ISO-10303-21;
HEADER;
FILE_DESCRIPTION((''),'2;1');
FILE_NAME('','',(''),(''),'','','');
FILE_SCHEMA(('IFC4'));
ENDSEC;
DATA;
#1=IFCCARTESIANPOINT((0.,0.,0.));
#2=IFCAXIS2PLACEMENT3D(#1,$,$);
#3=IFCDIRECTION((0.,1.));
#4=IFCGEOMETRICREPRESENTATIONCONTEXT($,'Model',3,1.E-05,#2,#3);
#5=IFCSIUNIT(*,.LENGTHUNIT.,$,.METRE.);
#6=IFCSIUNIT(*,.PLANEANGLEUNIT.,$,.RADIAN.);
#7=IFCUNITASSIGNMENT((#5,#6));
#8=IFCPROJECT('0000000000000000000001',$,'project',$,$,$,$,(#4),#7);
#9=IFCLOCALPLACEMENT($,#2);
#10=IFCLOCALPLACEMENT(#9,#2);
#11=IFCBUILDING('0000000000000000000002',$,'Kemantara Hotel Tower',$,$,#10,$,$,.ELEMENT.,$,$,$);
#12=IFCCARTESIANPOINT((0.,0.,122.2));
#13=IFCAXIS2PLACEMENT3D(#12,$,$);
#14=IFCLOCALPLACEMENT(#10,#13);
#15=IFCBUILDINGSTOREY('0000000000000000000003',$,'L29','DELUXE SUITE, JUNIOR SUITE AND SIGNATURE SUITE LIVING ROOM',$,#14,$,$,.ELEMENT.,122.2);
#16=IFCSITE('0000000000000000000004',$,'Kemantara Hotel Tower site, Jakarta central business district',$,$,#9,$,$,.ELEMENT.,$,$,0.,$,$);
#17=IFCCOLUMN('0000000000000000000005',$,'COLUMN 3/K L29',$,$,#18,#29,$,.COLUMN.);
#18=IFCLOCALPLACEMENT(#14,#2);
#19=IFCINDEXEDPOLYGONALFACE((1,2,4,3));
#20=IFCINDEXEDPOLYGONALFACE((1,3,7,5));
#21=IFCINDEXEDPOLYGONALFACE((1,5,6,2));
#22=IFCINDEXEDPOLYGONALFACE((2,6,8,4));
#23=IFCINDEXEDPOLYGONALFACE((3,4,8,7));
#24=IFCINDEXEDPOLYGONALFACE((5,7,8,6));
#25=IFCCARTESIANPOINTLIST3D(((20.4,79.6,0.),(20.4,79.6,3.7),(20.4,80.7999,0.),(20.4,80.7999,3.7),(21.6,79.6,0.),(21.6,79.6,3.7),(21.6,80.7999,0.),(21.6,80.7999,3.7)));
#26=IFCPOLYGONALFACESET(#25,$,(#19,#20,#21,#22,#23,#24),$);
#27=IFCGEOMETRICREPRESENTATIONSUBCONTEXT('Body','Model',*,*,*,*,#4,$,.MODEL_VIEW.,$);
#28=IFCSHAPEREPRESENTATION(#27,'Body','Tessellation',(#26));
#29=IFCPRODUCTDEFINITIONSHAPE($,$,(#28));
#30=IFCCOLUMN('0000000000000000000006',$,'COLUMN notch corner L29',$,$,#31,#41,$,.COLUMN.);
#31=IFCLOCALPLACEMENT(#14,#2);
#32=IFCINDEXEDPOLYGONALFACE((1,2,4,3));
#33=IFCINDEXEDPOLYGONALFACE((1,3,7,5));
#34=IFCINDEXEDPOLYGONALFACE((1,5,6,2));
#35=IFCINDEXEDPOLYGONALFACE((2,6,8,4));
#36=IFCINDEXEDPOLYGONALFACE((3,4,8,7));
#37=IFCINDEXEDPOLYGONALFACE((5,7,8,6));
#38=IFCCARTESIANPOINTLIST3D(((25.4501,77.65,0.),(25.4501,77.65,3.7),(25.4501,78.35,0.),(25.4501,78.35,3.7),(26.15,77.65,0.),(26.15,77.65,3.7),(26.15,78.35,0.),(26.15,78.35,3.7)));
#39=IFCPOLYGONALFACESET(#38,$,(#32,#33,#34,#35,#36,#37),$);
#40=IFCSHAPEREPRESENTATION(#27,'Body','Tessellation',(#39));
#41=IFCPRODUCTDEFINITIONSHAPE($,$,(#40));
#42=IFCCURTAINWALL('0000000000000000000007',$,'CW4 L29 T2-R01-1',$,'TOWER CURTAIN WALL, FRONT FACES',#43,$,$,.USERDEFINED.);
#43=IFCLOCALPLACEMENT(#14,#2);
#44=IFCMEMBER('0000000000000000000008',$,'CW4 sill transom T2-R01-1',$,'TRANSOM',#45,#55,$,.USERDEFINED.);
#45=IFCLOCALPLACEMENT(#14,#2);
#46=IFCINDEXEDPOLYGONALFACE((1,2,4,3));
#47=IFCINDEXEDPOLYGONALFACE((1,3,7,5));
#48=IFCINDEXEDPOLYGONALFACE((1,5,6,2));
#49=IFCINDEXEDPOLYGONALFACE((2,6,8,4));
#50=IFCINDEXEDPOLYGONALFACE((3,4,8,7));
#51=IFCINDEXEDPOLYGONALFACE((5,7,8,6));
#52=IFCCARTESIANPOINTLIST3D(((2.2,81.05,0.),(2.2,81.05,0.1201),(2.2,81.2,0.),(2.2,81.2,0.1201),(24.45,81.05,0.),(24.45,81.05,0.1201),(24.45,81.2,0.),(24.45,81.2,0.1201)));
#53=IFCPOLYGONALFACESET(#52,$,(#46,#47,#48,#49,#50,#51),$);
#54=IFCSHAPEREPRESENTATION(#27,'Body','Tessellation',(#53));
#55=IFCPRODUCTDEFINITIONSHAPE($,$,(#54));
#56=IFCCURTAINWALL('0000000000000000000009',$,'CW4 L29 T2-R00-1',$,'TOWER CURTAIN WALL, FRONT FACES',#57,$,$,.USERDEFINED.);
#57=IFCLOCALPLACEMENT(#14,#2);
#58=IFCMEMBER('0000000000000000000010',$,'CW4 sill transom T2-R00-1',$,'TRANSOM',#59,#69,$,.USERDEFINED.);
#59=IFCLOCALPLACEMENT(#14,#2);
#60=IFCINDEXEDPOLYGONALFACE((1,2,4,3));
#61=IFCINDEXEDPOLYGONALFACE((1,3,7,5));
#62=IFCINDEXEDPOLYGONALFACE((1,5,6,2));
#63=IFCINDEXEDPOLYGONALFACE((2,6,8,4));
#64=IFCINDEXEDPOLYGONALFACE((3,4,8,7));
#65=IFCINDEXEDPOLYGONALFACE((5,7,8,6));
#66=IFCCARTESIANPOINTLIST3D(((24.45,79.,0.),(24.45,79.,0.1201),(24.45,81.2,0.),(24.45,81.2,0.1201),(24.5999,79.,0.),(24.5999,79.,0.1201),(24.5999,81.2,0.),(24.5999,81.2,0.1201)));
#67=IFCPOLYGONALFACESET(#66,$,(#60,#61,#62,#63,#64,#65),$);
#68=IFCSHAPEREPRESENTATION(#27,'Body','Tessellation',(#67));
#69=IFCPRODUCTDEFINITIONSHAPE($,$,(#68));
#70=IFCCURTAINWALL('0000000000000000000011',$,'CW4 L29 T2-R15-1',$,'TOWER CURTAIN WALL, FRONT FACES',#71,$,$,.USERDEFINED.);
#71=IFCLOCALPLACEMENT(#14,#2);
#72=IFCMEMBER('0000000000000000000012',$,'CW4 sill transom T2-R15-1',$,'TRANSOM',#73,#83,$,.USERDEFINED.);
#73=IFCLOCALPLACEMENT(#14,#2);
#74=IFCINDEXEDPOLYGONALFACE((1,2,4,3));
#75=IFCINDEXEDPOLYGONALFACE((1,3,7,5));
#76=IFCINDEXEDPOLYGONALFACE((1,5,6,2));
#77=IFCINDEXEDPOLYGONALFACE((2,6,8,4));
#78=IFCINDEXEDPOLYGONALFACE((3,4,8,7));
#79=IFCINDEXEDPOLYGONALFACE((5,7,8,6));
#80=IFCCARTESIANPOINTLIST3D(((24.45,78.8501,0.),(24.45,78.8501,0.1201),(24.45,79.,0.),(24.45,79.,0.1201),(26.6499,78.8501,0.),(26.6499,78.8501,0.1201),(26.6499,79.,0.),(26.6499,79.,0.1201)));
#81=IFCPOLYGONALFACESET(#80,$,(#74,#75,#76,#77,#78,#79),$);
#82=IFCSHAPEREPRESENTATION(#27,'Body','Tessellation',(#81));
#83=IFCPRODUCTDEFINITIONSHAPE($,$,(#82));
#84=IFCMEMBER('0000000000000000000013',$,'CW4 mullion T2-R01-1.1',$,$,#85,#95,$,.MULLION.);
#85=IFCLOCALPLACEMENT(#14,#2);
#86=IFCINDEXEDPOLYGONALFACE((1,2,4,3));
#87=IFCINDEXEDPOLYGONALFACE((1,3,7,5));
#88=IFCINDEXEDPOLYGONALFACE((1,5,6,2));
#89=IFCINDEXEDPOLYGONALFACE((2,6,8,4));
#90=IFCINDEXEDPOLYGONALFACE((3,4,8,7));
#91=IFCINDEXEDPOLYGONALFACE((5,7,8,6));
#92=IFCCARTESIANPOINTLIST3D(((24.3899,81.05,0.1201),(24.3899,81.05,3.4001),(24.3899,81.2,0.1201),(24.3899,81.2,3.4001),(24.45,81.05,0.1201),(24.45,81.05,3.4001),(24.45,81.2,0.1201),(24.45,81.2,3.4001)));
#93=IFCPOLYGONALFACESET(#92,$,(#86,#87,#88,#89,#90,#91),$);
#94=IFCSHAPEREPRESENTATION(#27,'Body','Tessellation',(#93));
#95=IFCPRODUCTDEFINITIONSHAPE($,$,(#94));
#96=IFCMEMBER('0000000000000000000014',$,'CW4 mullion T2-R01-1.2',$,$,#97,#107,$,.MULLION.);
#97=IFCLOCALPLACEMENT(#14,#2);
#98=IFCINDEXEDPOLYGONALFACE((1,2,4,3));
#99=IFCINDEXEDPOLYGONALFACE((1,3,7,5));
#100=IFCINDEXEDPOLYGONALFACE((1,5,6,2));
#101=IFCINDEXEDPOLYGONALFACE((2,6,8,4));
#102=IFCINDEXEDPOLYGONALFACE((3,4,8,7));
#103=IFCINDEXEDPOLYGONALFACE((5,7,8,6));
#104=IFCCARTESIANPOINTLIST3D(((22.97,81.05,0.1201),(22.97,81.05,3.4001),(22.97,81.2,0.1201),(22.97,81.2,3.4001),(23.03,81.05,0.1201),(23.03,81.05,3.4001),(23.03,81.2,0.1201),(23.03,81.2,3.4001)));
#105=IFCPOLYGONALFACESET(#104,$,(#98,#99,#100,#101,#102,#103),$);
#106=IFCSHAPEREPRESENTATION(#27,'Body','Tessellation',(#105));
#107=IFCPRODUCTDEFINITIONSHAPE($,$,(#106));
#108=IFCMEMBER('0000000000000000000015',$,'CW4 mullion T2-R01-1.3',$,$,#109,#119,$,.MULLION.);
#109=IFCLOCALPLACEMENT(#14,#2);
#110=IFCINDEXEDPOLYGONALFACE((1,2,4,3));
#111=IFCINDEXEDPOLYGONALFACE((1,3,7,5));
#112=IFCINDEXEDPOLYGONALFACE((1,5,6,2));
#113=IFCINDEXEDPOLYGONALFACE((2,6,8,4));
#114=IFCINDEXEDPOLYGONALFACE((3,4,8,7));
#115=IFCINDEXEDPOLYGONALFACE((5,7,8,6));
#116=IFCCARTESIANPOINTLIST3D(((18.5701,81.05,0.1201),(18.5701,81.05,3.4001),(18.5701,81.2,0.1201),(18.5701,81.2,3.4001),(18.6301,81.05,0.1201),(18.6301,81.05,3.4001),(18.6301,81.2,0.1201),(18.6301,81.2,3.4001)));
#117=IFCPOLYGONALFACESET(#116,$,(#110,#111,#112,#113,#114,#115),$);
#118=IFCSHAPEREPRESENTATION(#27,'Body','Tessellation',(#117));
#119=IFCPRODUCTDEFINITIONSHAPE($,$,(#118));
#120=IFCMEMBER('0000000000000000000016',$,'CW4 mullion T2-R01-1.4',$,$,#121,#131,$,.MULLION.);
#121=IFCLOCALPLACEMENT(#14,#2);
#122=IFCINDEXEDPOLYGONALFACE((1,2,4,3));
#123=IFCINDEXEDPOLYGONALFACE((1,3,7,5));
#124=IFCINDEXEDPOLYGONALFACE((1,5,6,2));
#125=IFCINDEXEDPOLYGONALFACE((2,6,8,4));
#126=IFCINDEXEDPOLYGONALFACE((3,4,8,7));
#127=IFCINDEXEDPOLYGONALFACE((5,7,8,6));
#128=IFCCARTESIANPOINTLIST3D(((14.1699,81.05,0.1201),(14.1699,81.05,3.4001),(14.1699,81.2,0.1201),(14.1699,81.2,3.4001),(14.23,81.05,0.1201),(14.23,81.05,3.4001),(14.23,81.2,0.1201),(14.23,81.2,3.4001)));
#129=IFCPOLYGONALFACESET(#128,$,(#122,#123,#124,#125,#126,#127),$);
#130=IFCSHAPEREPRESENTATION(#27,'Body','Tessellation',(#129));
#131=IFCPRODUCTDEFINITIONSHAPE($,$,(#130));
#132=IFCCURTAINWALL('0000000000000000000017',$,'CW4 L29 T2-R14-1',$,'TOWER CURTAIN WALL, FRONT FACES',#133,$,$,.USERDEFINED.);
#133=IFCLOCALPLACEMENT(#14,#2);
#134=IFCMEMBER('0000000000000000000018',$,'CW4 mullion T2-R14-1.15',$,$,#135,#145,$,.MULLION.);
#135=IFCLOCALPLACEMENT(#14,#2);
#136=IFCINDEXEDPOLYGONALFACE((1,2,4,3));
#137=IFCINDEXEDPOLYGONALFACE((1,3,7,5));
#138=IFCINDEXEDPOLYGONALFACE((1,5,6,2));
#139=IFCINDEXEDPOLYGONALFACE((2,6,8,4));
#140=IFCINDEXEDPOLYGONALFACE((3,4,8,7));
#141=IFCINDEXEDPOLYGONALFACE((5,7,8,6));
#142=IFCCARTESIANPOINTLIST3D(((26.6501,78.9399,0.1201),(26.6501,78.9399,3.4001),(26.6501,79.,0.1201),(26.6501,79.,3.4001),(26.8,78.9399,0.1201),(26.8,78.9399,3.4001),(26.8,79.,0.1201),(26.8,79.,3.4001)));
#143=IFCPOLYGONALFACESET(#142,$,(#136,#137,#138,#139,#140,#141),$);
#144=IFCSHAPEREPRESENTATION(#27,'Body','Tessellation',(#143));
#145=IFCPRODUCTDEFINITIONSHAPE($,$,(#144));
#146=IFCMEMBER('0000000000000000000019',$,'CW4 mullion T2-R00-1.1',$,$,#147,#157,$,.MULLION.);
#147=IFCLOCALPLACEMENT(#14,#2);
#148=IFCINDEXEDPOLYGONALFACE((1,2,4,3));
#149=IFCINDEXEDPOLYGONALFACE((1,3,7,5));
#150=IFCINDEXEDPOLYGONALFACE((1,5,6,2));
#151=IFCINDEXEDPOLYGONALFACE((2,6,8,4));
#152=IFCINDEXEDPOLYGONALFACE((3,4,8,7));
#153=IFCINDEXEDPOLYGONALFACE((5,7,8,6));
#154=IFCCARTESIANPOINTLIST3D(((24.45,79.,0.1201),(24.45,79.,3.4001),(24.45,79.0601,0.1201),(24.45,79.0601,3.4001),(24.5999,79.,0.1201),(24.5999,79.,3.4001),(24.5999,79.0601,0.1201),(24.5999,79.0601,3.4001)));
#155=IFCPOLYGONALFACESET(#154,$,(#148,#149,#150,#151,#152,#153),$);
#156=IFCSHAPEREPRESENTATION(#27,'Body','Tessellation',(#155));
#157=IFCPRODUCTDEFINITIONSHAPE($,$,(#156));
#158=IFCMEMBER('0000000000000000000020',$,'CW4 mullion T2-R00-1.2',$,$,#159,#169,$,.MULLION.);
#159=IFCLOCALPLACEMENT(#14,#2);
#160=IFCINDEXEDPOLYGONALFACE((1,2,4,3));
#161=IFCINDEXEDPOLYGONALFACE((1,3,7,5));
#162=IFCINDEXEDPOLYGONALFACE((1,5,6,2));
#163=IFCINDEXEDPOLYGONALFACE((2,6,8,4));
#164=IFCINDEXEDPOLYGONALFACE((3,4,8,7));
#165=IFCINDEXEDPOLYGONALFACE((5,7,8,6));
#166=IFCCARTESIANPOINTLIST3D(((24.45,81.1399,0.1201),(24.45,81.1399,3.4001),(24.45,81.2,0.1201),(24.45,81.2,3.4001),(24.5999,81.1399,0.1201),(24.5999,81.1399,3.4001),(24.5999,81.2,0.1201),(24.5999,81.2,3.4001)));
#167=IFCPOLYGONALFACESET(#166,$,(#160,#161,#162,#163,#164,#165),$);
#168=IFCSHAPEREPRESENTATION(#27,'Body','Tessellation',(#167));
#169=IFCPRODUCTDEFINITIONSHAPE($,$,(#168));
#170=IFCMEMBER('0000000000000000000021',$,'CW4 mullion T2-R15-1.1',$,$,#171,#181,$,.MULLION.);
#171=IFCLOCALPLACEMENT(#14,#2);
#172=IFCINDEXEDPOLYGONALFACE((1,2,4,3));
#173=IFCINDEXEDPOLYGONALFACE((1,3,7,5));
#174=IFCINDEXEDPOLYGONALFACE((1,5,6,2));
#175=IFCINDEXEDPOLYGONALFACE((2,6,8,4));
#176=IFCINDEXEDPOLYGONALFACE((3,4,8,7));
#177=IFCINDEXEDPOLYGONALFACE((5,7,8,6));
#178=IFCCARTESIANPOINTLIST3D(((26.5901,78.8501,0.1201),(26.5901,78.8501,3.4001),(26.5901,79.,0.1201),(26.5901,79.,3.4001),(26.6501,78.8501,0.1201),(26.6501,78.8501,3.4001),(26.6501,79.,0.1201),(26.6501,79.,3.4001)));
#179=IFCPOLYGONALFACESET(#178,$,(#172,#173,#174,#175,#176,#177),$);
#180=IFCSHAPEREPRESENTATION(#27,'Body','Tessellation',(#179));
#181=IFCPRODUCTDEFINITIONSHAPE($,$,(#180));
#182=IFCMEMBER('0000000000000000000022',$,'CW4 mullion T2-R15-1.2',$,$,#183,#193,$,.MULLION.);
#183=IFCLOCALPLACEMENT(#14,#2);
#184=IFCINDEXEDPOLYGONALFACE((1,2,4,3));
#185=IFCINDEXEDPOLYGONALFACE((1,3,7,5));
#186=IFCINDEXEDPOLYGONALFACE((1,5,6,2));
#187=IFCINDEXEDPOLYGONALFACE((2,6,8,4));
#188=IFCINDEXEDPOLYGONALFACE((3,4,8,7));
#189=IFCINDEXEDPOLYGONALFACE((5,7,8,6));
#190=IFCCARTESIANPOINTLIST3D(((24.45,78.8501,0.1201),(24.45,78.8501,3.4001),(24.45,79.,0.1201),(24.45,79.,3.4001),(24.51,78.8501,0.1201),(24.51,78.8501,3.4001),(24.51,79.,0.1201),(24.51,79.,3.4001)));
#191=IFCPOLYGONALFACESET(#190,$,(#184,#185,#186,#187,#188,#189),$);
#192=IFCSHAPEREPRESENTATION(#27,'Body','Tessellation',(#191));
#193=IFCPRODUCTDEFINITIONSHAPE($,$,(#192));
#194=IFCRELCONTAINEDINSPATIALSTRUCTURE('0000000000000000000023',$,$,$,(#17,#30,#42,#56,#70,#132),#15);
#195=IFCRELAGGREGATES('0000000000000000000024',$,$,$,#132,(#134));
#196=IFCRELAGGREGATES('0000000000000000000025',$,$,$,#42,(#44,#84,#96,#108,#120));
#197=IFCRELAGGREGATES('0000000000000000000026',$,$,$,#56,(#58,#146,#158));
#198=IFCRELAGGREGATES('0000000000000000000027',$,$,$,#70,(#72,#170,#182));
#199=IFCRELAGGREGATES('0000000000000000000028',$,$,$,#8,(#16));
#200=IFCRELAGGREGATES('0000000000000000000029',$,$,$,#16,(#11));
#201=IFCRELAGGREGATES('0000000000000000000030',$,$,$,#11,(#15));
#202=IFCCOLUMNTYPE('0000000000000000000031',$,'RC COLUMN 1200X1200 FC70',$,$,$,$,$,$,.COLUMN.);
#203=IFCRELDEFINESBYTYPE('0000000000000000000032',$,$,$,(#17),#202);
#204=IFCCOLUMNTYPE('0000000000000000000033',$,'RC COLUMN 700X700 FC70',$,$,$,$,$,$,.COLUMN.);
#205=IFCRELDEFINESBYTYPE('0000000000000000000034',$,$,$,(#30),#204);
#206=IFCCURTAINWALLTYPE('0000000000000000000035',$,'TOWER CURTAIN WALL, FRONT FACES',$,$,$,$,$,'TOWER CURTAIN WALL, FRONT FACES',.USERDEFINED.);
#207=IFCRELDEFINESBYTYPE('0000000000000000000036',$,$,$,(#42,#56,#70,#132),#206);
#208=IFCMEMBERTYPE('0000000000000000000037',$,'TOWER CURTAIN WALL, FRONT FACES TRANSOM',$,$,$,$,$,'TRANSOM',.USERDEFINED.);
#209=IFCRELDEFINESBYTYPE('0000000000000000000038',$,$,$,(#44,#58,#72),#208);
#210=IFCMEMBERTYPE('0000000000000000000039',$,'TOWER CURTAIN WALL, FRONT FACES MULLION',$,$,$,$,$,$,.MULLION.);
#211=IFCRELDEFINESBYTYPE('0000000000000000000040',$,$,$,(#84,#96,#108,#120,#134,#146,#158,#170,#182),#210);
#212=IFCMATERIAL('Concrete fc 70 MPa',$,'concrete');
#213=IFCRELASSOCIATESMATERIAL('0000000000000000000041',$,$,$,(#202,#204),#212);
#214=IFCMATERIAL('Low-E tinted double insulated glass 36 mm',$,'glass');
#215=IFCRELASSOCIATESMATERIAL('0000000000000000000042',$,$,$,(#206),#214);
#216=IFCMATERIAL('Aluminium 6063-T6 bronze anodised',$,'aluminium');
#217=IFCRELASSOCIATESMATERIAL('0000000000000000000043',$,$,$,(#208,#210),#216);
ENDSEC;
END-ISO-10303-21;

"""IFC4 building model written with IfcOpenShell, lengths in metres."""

from ifc_helpers import new_model, si_unit, direction, frame, origin, origin_2d, place, context, subcontext, project, spatial, rectangle, extrude, source, transform, mapped, material, material_profile, profile_set, type_object, element, aggregate, save


model = new_model("IFC4")

# Units and contexts
model_context = context("Model", 3, precision=1e-05, world=origin(), true_north=direction((0.0, 1.0)))
body_context = subcontext(model_context, "Body", "Model", "MODEL_VIEW")
ifc_project = project(units=[si_unit("LENGTHUNIT", "METRE"), si_unit("PLANEANGLEUNIT", "RADIAN")], contexts=[model_context])

# Site, building, storey
site_placement = place(None, origin())
site = spatial("IfcSite", under=ifc_project, at=site_placement, Name="Kemantara Hotel Tower site, Jakarta central business district", CompositionType="ELEMENT", RefElevation=0.0)
building_placement = place(site_placement, origin())
building = spatial("IfcBuilding", under=site, at=building_placement, Name="Kemantara Hotel Tower", CompositionType="ELEMENT")
storey_placement = place(building_placement, frame((0.0, 0.0, 122.2)))
storey = spatial("IfcBuildingStorey", under=building, at=storey_placement, Name="L29", Description="DELUXE SUITE, JUNIOR SUITE AND SIGNATURE SUITE LIVING ROOM", CompositionType="ELEMENT", Elevation=122.2)

# Columns
ifc_material_1 = material(Name="Concrete fc 70 MPa", Category="concrete")
ifc_material_profile_1 = material_profile(ifc_material_1, rectangle(XDim=1.2, YDim=1.2, at=origin_2d()), Name="RC 1200X1200")
ifc_profile_set_1 = profile_set([ifc_material_profile_1], Name="Concrete fc 70 MPa")
column_type_1 = type_object("IfcColumnType", Name="RC COLUMN 1200X1200 FC70", PredefinedType="COLUMN", material=ifc_profile_set_1)
column_1_placement = place(storey_placement, frame((21.0, 80.2, 0.0), z_axis=(0.0, 0.0, 1.0), x_axis=(1.0, 0.0, 0.0)))
element("IfcColumn", 1, at=column_1_placement, inside=storey, type_object=column_type_1, Name="COLUMN 3/K L29", PredefinedType="COLUMN", context=body_context, shape_type="SweptSolid", body=[
    extrude(rectangle(XDim=1.2, YDim=1.2, at=origin_2d()), origin(), (0.0, 0.0, 1.0), 3.7),
])
ifc_material_profile_2 = material_profile(ifc_material_1, rectangle(XDim=0.7, YDim=0.7, at=origin_2d()), Name="RC 700X700")
ifc_profile_set_2 = profile_set([ifc_material_profile_2], Name="Concrete fc 70 MPa")
column_type_2 = type_object("IfcColumnType", Name="RC COLUMN 700X700 FC70", PredefinedType="COLUMN", material=ifc_profile_set_2)
column_2_placement = place(storey_placement, frame((25.8, 78.0, 0.0), z_axis=(0.0, 0.0, 1.0), x_axis=(1.0, 0.0, 0.0)))
element("IfcColumn", 2, at=column_2_placement, inside=storey, type_object=column_type_2, Name="COLUMN notch corner L29", PredefinedType="COLUMN", context=body_context, shape_type="SweptSolid", body=[
    extrude(rectangle(XDim=0.7, YDim=0.7, at=origin_2d()), origin(), (0.0, 0.0, 1.0), 3.7),
])

# Curtain walls, members
ifc_material_2 = material(Name="Low-E tinted double insulated glass 36 mm", Category="glass")
curtain_wall_type = type_object("IfcCurtainWallType", Name="TOWER CURTAIN WALL, FRONT FACES", ElementType="TOWER CURTAIN WALL, FRONT FACES", PredefinedType="USERDEFINED", material=ifc_material_2)
curtain_wall_1_placement = place(storey_placement, origin())
curtain_wall_1 = element("IfcCurtainWall", 3, at=curtain_wall_1_placement, inside=storey, type_object=curtain_wall_type, Name="CW4 L29 T2-R01-1", ObjectType="TOWER CURTAIN WALL, FRONT FACES", PredefinedType="USERDEFINED")
ifc_material_3 = material(Name="Aluminium 6063-T6 bronze anodised", Category="aluminium")
ifc_material_profile_3 = material_profile(ifc_material_3, rectangle(XDim=0.1499, YDim=0.1201, at=origin_2d()), Name="TOWER CURTAIN WALL, FRONT FACES TRANSOM")
ifc_profile_set_3 = profile_set([ifc_material_profile_3], Name="Aluminium 6063-T6 bronze anodised")
member_type_1 = type_object("IfcMemberType", Name="TOWER CURTAIN WALL, FRONT FACES TRANSOM", ElementType="TRANSOM", PredefinedType="USERDEFINED", material=ifc_profile_set_3)
member_1_placement = place(storey_placement, frame((24.45, 81.125, 0.0601), z_axis=(-1.0, 0.0, 0.0), x_axis=(0.0, -1.0, 0.0)))
member_1 = element("IfcMember", 4, at=member_1_placement, type_object=member_type_1, Name="CW4 sill transom T2-R01-1", ObjectType="TRANSOM", PredefinedType="USERDEFINED", context=body_context, shape_type="SweptSolid", body=[
    extrude(rectangle(XDim=0.1499, YDim=0.1201, at=origin_2d()), origin(), (0.0, 0.0, 1.0), 22.25),
])
curtain_wall_2_placement = place(storey_placement, origin())
curtain_wall_2 = element("IfcCurtainWall", 5, at=curtain_wall_2_placement, inside=storey, type_object=curtain_wall_type, Name="CW4 L29 T2-R00-1", ObjectType="TOWER CURTAIN WALL, FRONT FACES", PredefinedType="USERDEFINED")
member_2_placement = place(storey_placement, frame((24.5249, 79.0, 0.0601), z_axis=(0.0, 1.0, 0.0), x_axis=(-1.0, 0.0, 0.0)))
member_2 = element("IfcMember", 6, at=member_2_placement, type_object=member_type_1, Name="CW4 sill transom T2-R00-1", ObjectType="TRANSOM", PredefinedType="USERDEFINED", context=body_context, shape_type="SweptSolid", body=[
    extrude(rectangle(XDim=0.1499, YDim=0.1201, at=origin_2d()), origin(), (0.0, 0.0, 1.0), 2.2),
])
curtain_wall_3_placement = place(storey_placement, origin())
curtain_wall_3 = element("IfcCurtainWall", 7, at=curtain_wall_3_placement, inside=storey, type_object=curtain_wall_type, Name="CW4 L29 T2-R15-1", ObjectType="TOWER CURTAIN WALL, FRONT FACES", PredefinedType="USERDEFINED")
member_3_placement = place(storey_placement, frame((26.6499, 78.925, 0.0601), z_axis=(-1.0, 0.0, 0.0), x_axis=(0.0, -1.0, 0.0)))
member_3 = element("IfcMember", 8, at=member_3_placement, type_object=member_type_1, Name="CW4 sill transom T2-R15-1", ObjectType="TRANSOM", PredefinedType="USERDEFINED", context=body_context, shape_type="SweptSolid", body=[
    extrude(rectangle(XDim=0.1499, YDim=0.1201, at=origin_2d()), origin(), (0.0, 0.0, 1.0), 2.2),
])

# Members
ifc_material_profile_4 = material_profile(ifc_material_3, rectangle(XDim=0.1499, YDim=0.0601, at=origin_2d()), Name="TOWER CURTAIN WALL, FRONT FACES MULLION")
ifc_profile_set_4 = profile_set([ifc_material_profile_4], Name="Aluminium 6063-T6 bronze anodised")
member_type_2 = type_object("IfcMemberType", Name="TOWER CURTAIN WALL, FRONT FACES MULLION", PredefinedType="MULLION", material=ifc_profile_set_4)
shared_shape_1 = source(origin(), body_context, "Body", "SweptSolid", [
    extrude(rectangle(XDim=0.1499, YDim=0.0601, at=origin_2d()), origin(), (0.0, 0.0, 1.0), 3.28),
])
member_4_placement = place(storey_placement, frame((24.4199, 81.125, 0.1201), z_axis=(0.0, 0.0, 1.0), x_axis=(0.0, -1.0, 0.0)))
member_4 = element("IfcMember", 9, at=member_4_placement, type_object=member_type_2, Name="CW4 mullion T2-R01-1.1", PredefinedType="MULLION", context=body_context, shape_type="MappedRepresentation", body=[
    mapped(shared_shape_1, transform((0.0, 0.0, 0.0))),
])
member_5_placement = place(storey_placement, frame((23.0, 81.125, 0.1201), z_axis=(0.0, 0.0, 1.0), x_axis=(0.0, -1.0, 0.0)))
member_5 = element("IfcMember", 10, at=member_5_placement, type_object=member_type_2, Name="CW4 mullion T2-R01-1.2", PredefinedType="MULLION", context=body_context, shape_type="MappedRepresentation", body=[
    mapped(shared_shape_1, transform((0.0, 0.0, 0.0))),
])
member_6_placement = place(storey_placement, frame((18.6001, 81.125, 0.1201), z_axis=(0.0, 0.0, 1.0), x_axis=(0.0, -1.0, 0.0)))
member_6 = element("IfcMember", 11, at=member_6_placement, type_object=member_type_2, Name="CW4 mullion T2-R01-1.3", PredefinedType="MULLION", context=body_context, shape_type="MappedRepresentation", body=[
    mapped(shared_shape_1, transform((0.0, 0.0, 0.0))),
])
member_7_placement = place(storey_placement, frame((14.2, 81.125, 0.1201), z_axis=(0.0, 0.0, 1.0), x_axis=(0.0, -1.0, 0.0)))
member_7 = element("IfcMember", 12, at=member_7_placement, type_object=member_type_2, Name="CW4 mullion T2-R01-1.4", PredefinedType="MULLION", context=body_context, shape_type="MappedRepresentation", body=[
    mapped(shared_shape_1, transform((0.0, 0.0, 0.0))),
])

# Curtain wall, member
curtain_wall_4_placement = place(storey_placement, origin())
curtain_wall_4 = element("IfcCurtainWall", 13, at=curtain_wall_4_placement, inside=storey, type_object=curtain_wall_type, Name="CW4 L29 T2-R14-1", ObjectType="TOWER CURTAIN WALL, FRONT FACES", PredefinedType="USERDEFINED")
member_8_placement = place(storey_placement, frame((26.7251, 78.97, 0.1201), z_axis=(0.0, 0.0, 1.0), x_axis=(-1.0, 0.0, 0.0)))
member_8 = element("IfcMember", 14, at=member_8_placement, type_object=member_type_2, Name="CW4 mullion T2-R14-1.15", PredefinedType="MULLION", context=body_context, shape_type="MappedRepresentation", body=[
    mapped(shared_shape_1, transform((0.0, 0.0, 0.0))),
])
aggregate(curtain_wall_4, [member_8])

# Members
member_9_placement = place(storey_placement, frame((24.5249, 79.03, 0.1201), z_axis=(0.0, 0.0, 1.0), x_axis=(-1.0, 0.0, 0.0)))
member_9 = element("IfcMember", 15, at=member_9_placement, type_object=member_type_2, Name="CW4 mullion T2-R00-1.1", PredefinedType="MULLION", context=body_context, shape_type="MappedRepresentation", body=[
    mapped(shared_shape_1, transform((0.0, 0.0, 0.0))),
])
member_10_placement = place(storey_placement, frame((24.5249, 81.1699, 0.1201), z_axis=(0.0, 0.0, 1.0), x_axis=(-1.0, 0.0, 0.0)))
member_10 = element("IfcMember", 16, at=member_10_placement, type_object=member_type_2, Name="CW4 mullion T2-R00-1.2", PredefinedType="MULLION", context=body_context, shape_type="MappedRepresentation", body=[
    mapped(shared_shape_1, transform((0.0, 0.0, 0.0))),
])
member_11_placement = place(storey_placement, frame((26.6201, 78.925, 0.1201), z_axis=(0.0, 0.0, 1.0), x_axis=(0.0, -1.0, 0.0)))
member_11 = element("IfcMember", 17, at=member_11_placement, type_object=member_type_2, Name="CW4 mullion T2-R15-1.1", PredefinedType="MULLION", context=body_context, shape_type="MappedRepresentation", body=[
    mapped(shared_shape_1, transform((0.0, 0.0, 0.0))),
])
member_12_placement = place(storey_placement, frame((24.48, 78.925, 0.1201), z_axis=(0.0, 0.0, 1.0), x_axis=(0.0, -1.0, 0.0)))
member_12 = element("IfcMember", 18, at=member_12_placement, type_object=member_type_2, Name="CW4 mullion T2-R15-1.2", PredefinedType="MULLION", context=body_context, shape_type="MappedRepresentation", body=[
    mapped(shared_shape_1, transform((0.0, 0.0, 0.0))),
])

aggregate(curtain_wall_1, [member_1, member_4, member_5, member_6, member_7])
aggregate(curtain_wall_2, [member_2, member_9, member_10])
aggregate(curtain_wall_3, [member_3, member_11, member_12])

save(model, "model.ifc")
